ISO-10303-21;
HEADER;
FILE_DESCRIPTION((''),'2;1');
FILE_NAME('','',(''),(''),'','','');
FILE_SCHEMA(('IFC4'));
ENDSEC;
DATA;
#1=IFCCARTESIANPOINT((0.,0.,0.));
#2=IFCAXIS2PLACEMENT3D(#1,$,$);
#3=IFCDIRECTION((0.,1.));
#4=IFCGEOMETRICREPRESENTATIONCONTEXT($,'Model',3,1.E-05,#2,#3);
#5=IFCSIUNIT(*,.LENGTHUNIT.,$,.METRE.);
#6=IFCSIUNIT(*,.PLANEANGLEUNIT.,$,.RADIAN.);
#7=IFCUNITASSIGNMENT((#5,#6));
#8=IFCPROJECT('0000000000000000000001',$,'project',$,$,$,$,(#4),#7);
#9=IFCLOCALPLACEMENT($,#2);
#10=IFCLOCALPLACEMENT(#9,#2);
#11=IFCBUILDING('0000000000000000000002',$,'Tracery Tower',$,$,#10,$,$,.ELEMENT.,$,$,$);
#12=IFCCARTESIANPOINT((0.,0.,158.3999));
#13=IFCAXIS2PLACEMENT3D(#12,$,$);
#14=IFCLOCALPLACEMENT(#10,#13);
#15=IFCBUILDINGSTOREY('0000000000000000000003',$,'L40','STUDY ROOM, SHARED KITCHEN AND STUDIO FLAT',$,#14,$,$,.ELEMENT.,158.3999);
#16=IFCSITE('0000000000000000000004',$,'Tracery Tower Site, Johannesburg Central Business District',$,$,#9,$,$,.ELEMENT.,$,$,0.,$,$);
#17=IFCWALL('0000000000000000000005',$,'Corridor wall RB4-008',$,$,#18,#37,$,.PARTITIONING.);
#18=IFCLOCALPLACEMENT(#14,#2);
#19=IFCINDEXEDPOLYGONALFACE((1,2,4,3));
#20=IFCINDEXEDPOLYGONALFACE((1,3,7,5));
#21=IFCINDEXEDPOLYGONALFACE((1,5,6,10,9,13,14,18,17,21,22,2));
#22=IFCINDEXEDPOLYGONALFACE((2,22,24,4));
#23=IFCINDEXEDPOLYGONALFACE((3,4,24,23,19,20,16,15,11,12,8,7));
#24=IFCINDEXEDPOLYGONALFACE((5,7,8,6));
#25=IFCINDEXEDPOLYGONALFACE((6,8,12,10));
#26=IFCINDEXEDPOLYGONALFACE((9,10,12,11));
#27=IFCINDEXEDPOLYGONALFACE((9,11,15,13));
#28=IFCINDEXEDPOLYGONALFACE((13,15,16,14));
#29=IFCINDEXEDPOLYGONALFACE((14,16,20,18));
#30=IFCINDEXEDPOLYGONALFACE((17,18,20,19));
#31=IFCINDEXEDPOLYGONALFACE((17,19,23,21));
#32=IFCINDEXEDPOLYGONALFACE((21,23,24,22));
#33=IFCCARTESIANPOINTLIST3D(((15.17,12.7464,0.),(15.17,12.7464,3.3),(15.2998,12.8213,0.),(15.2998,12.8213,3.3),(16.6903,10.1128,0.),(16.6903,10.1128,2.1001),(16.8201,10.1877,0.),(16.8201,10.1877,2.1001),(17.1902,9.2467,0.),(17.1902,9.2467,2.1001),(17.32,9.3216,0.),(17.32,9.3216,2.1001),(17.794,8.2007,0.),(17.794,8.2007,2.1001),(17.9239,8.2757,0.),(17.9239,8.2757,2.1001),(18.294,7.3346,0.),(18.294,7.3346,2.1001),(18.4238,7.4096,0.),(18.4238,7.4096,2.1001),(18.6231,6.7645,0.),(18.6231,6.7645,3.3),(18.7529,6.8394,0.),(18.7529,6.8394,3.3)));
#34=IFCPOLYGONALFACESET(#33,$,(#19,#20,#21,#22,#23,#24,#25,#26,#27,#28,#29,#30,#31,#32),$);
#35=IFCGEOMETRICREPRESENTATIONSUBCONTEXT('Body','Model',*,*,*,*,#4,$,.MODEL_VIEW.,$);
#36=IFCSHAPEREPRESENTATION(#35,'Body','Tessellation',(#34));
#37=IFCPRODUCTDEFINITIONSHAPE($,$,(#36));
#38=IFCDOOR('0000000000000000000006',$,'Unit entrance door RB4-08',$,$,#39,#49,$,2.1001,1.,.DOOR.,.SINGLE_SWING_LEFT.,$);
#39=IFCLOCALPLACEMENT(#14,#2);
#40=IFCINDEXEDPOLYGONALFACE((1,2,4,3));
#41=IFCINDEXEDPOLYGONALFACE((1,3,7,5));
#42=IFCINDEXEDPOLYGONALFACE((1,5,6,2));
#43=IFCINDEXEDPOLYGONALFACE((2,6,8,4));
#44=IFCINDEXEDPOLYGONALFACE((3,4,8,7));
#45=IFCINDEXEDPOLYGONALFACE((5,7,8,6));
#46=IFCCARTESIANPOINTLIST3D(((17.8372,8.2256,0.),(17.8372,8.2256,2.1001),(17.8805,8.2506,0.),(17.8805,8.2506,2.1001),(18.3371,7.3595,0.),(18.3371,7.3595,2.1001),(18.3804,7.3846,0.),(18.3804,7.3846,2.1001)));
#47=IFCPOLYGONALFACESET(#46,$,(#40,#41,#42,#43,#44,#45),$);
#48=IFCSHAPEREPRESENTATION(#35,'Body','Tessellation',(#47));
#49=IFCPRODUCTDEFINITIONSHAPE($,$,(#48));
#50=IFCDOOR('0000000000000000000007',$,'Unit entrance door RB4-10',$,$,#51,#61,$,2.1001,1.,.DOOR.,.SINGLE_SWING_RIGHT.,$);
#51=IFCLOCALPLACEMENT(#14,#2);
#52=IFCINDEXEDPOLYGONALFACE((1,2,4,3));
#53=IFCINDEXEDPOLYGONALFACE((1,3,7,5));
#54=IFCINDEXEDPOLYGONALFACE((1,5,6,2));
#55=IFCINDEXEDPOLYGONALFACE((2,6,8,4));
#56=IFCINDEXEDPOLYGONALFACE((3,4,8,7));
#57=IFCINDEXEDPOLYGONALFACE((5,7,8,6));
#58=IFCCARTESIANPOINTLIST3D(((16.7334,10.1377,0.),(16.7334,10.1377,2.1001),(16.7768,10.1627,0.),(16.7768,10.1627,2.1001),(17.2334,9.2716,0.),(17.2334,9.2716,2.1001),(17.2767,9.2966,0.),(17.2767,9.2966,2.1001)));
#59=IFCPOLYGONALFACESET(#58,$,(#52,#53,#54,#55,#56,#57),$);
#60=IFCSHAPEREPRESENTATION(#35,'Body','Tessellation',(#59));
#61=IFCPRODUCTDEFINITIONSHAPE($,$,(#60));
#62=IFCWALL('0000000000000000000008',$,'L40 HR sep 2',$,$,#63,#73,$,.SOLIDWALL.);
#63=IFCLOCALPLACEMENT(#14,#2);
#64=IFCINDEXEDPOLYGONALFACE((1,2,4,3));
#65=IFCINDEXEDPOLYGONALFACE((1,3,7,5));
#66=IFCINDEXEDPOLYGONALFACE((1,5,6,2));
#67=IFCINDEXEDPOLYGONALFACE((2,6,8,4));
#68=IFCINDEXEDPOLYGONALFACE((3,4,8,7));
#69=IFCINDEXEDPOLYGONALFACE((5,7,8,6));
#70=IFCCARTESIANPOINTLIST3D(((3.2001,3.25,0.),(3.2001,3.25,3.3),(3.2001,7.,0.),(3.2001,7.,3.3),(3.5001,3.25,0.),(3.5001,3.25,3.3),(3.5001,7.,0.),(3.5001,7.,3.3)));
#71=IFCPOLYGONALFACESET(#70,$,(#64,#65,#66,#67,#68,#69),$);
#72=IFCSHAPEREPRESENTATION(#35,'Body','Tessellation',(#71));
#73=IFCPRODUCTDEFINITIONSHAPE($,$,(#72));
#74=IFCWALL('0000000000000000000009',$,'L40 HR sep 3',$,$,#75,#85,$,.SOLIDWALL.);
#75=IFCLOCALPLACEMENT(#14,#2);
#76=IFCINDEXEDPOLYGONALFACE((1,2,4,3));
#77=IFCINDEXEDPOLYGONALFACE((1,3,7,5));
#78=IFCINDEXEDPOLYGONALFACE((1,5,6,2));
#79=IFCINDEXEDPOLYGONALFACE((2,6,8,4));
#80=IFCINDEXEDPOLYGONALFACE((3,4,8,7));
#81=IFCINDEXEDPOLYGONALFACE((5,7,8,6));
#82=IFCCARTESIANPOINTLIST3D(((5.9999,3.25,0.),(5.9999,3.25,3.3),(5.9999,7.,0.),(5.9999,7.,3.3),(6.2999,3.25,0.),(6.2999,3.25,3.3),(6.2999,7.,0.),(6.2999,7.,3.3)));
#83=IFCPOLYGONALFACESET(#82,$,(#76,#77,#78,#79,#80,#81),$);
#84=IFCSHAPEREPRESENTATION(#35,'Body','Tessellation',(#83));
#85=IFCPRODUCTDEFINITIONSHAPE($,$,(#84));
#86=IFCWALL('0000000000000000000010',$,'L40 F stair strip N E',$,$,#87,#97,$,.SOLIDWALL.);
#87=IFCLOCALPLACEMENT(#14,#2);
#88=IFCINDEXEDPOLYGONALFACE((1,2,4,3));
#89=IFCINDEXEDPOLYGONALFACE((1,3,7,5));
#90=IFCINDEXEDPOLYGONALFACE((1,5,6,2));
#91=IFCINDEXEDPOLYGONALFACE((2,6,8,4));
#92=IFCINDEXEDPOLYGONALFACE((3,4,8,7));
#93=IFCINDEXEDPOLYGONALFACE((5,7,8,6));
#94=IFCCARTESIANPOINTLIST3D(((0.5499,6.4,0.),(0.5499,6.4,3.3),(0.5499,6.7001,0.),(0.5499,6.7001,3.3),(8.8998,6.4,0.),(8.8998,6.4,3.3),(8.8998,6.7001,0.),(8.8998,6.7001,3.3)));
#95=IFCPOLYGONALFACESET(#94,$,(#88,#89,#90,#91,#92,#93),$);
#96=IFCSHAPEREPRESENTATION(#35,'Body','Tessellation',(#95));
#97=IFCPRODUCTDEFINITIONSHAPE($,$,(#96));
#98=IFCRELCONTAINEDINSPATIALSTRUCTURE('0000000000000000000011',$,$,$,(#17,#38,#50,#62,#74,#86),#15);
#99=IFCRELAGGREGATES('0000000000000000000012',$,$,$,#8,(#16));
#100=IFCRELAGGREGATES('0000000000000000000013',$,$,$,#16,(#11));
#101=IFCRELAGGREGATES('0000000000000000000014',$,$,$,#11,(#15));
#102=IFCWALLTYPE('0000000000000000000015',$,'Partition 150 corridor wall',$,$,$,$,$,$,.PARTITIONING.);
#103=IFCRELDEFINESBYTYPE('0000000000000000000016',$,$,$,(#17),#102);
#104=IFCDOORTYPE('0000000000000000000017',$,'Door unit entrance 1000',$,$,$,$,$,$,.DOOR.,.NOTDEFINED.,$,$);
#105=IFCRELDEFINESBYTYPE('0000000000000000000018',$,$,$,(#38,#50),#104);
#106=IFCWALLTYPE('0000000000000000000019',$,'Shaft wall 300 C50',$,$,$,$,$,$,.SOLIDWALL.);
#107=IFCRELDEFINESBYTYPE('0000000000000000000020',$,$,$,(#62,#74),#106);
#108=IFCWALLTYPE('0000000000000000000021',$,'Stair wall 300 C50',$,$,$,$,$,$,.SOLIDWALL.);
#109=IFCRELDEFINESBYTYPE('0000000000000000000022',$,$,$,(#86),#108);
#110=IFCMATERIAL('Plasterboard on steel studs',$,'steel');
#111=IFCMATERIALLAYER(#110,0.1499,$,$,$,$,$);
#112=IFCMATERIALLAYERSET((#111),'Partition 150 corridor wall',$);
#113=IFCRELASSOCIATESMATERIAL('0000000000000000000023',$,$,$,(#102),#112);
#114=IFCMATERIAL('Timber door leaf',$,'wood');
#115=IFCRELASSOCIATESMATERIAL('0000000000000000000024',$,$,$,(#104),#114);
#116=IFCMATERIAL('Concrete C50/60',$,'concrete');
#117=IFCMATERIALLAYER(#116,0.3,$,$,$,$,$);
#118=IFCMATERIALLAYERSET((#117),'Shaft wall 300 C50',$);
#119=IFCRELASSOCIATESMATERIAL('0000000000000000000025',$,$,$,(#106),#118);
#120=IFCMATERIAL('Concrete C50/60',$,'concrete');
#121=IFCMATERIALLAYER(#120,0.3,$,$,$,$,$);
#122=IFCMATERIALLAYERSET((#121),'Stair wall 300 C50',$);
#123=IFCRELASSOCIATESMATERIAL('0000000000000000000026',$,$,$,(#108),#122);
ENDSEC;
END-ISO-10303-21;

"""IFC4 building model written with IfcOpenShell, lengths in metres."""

from ifc_helpers import new_model, si_unit, direction, frame, frame_2d, origin, place, context, subcontext, project, spatial, rectangle, extrude, material, layer, layer_set, type_object, element, fill, save


model = new_model("IFC4")

# Units and contexts
model_context = context("Model", 3, precision=1e-05, world=origin(), true_north=direction((0.0, 1.0)))
body_context = subcontext(model_context, "Body", "Model", "MODEL_VIEW")
ifc_project = project(units=[si_unit("LENGTHUNIT", "METRE"), si_unit("PLANEANGLEUNIT", "RADIAN")], contexts=[model_context])

# Site, building, storey
site_placement = place(None, origin())
site = spatial("IfcSite", under=ifc_project, at=site_placement, Name="Tracery Tower Site, Johannesburg Central Business District", CompositionType="ELEMENT", RefElevation=0.0)
building_placement = place(site_placement, origin())
building = spatial("IfcBuilding", under=site, at=building_placement, Name="Tracery Tower", CompositionType="ELEMENT")
storey_placement = place(building_placement, frame((0.0, 0.0, 158.3999)))
storey = spatial("IfcBuildingStorey", under=building, at=storey_placement, Name="L40", Description="STUDY ROOM, SHARED KITCHEN AND STUDIO FLAT", CompositionType="ELEMENT", Elevation=158.3999)

# Shared definitions
ifc_material_1 = material(Name="Plasterboard on steel studs", Category="steel")
ifc_layer_1 = layer(ifc_material_1, 0.1499)
ifc_layer_set_1 = layer_set([ifc_layer_1], Name="Partition 150 corridor wall")
wall_type_1 = type_object("IfcWallType", Name="Partition 150 corridor wall", PredefinedType="PARTITIONING", material=ifc_layer_set_1)

# Shared definitions
ifc_material_2 = material(Name="Timber door leaf", Category="wood")
door_type_1 = type_object("IfcDoorType", Name="Door unit entrance 1000", OperationType="NOTDEFINED", PredefinedType="DOOR", material=ifc_material_2)

# Wall, openings, doors
wall_1_placement = place(storey_placement, frame((15.2349, 12.7839, 0.0), z_axis=(0.0, 0.0, 1.0), x_axis=(0.499941, -0.86606, 0.0)))
wall_1 = element("IfcWall", 1, at=wall_1_placement, inside=storey, type_object=wall_type_1, Name="Corridor wall RB4-008", PredefinedType="PARTITIONING", context=body_context, shape_type="SweptSolid", body=[
    extrude(rectangle(XDim=6.907, YDim=0.1499, at=frame_2d((3.4536, 0.0))), origin(), (0.0, 0.0, 1.0), 3.3),
])
opening_1_placement = place(wall_1_placement, frame((5.2488, 0.0, 0.0)))
opening_1 = element("IfcOpeningElement", 2, at=opening_1_placement, cuts=wall_1, PredefinedType="OPENING", context=body_context, shape_type="SweptSolid", body=[
    extrude(rectangle(XDim=1.0, YDim=2.1001, at=frame_2d((0.5, 1.05))), frame((0.0, 0.075, 0.0), z_axis=(0.0, -1.0, 0.0), x_axis=(1.0, 0.0, 0.0)), (0.0, 0.0, 1.0), 0.1499),
])
opening_2_placement = place(wall_1_placement, frame((3.041, 0.0, 0.0)))
opening_2 = element("IfcOpeningElement", 3, at=opening_2_placement, cuts=wall_1, PredefinedType="OPENING", context=body_context, shape_type="SweptSolid", body=[
    extrude(rectangle(XDim=1.0, YDim=2.1001, at=frame_2d((0.5, 1.05))), frame((0.0, 0.075, 0.0), z_axis=(0.0, -1.0, 0.0), x_axis=(1.0, 0.0, 0.0)), (0.0, 0.0, 1.0), 0.1499),
])
door_1_placement = place(opening_1_placement, origin())
door_1 = element("IfcDoor", 4, at=door_1_placement, inside=storey, type_object=door_type_1, Name="Unit entrance door RB4-08", OperationType="SINGLE_SWING_LEFT", OverallHeight=2.1001, OverallWidth=1.0, PredefinedType="DOOR", context=body_context, shape_type="SweptSolid", body=[
    extrude(rectangle(XDim=1.0, YDim=2.1001, at=frame_2d((0.5, 1.05))), frame((0.0, 0.0249, 0.0), z_axis=(0.0, -1.0, 0.0), x_axis=(1.0, 0.0, 0.0)), (0.0, 0.0, 1.0), 0.05),
])
fill(opening_1, door_1)
door_2_placement = place(opening_2_placement, origin())
door_2 = element("IfcDoor", 5, at=door_2_placement, inside=storey, type_object=door_type_1, Name="Unit entrance door RB4-10", OperationType="SINGLE_SWING_RIGHT", OverallHeight=2.1001, OverallWidth=1.0, PredefinedType="DOOR", context=body_context, shape_type="SweptSolid", body=[
    extrude(rectangle(XDim=1.0, YDim=2.1001, at=frame_2d((0.5, 1.05))), frame((0.0, 0.0249, 0.0), z_axis=(0.0, -1.0, 0.0), x_axis=(1.0, 0.0, 0.0)), (0.0, 0.0, 1.0), 0.05),
])
fill(opening_2, door_2)

# Walls
ifc_material_3 = material(Name="Concrete C50/60", Category="concrete")
ifc_layer_2 = layer(ifc_material_3, 0.3)
ifc_layer_set_2 = layer_set([ifc_layer_2], Name="Shaft wall 300 C50")
wall_type_2 = type_object("IfcWallType", Name="Shaft wall 300 C50", PredefinedType="SOLIDWALL", material=ifc_layer_set_2)
for number, where, z_axis, x_axis, name in (
    (6, (3.3501, 3.25, 0.0), (0.0, 0.0, 1.0), (0.0, 1.0, 0.0), "L40 HR sep 2"),
    (7, (6.1499, 3.25, 0.0), (0.0, 0.0, 1.0), (0.0, 1.0, 0.0), "L40 HR sep 3"),
):
    element("IfcWall", number, at=place(storey_placement, frame(where, z_axis=z_axis, x_axis=x_axis)), inside=storey, type_object=wall_type_2, Name=name, PredefinedType="SOLIDWALL", context=body_context, shape_type="SweptSolid", body=[
        extrude(rectangle(XDim=3.75, YDim=0.3, at=frame_2d((1.875, 0.0))), origin(), (0.0, 0.0, 1.0), 3.3),
    ])

# Wall
ifc_material_4 = material(Name="Concrete C50/60", Category="concrete")
ifc_layer_3 = layer(ifc_material_4, 0.3)
ifc_layer_set_3 = layer_set([ifc_layer_3], Name="Stair wall 300 C50")
wall_type_3 = type_object("IfcWallType", Name="Stair wall 300 C50", PredefinedType="SOLIDWALL", material=ifc_layer_set_3)
wall_2_placement = place(storey_placement, frame((0.55, 6.55, 0.0), z_axis=(0.0, 0.0, 1.0), x_axis=(1.0, 0.0, 0.0)))
element("IfcWall", 8, at=wall_2_placement, inside=storey, type_object=wall_type_3, Name="L40 F stair strip N E", PredefinedType="SOLIDWALL", context=body_context, shape_type="SweptSolid", body=[
    extrude(rectangle(XDim=8.3499, YDim=0.3, at=frame_2d((4.1748, 0.0))), origin(), (0.0, 0.0, 1.0), 3.3),
])

save(model, "model.ifc")
